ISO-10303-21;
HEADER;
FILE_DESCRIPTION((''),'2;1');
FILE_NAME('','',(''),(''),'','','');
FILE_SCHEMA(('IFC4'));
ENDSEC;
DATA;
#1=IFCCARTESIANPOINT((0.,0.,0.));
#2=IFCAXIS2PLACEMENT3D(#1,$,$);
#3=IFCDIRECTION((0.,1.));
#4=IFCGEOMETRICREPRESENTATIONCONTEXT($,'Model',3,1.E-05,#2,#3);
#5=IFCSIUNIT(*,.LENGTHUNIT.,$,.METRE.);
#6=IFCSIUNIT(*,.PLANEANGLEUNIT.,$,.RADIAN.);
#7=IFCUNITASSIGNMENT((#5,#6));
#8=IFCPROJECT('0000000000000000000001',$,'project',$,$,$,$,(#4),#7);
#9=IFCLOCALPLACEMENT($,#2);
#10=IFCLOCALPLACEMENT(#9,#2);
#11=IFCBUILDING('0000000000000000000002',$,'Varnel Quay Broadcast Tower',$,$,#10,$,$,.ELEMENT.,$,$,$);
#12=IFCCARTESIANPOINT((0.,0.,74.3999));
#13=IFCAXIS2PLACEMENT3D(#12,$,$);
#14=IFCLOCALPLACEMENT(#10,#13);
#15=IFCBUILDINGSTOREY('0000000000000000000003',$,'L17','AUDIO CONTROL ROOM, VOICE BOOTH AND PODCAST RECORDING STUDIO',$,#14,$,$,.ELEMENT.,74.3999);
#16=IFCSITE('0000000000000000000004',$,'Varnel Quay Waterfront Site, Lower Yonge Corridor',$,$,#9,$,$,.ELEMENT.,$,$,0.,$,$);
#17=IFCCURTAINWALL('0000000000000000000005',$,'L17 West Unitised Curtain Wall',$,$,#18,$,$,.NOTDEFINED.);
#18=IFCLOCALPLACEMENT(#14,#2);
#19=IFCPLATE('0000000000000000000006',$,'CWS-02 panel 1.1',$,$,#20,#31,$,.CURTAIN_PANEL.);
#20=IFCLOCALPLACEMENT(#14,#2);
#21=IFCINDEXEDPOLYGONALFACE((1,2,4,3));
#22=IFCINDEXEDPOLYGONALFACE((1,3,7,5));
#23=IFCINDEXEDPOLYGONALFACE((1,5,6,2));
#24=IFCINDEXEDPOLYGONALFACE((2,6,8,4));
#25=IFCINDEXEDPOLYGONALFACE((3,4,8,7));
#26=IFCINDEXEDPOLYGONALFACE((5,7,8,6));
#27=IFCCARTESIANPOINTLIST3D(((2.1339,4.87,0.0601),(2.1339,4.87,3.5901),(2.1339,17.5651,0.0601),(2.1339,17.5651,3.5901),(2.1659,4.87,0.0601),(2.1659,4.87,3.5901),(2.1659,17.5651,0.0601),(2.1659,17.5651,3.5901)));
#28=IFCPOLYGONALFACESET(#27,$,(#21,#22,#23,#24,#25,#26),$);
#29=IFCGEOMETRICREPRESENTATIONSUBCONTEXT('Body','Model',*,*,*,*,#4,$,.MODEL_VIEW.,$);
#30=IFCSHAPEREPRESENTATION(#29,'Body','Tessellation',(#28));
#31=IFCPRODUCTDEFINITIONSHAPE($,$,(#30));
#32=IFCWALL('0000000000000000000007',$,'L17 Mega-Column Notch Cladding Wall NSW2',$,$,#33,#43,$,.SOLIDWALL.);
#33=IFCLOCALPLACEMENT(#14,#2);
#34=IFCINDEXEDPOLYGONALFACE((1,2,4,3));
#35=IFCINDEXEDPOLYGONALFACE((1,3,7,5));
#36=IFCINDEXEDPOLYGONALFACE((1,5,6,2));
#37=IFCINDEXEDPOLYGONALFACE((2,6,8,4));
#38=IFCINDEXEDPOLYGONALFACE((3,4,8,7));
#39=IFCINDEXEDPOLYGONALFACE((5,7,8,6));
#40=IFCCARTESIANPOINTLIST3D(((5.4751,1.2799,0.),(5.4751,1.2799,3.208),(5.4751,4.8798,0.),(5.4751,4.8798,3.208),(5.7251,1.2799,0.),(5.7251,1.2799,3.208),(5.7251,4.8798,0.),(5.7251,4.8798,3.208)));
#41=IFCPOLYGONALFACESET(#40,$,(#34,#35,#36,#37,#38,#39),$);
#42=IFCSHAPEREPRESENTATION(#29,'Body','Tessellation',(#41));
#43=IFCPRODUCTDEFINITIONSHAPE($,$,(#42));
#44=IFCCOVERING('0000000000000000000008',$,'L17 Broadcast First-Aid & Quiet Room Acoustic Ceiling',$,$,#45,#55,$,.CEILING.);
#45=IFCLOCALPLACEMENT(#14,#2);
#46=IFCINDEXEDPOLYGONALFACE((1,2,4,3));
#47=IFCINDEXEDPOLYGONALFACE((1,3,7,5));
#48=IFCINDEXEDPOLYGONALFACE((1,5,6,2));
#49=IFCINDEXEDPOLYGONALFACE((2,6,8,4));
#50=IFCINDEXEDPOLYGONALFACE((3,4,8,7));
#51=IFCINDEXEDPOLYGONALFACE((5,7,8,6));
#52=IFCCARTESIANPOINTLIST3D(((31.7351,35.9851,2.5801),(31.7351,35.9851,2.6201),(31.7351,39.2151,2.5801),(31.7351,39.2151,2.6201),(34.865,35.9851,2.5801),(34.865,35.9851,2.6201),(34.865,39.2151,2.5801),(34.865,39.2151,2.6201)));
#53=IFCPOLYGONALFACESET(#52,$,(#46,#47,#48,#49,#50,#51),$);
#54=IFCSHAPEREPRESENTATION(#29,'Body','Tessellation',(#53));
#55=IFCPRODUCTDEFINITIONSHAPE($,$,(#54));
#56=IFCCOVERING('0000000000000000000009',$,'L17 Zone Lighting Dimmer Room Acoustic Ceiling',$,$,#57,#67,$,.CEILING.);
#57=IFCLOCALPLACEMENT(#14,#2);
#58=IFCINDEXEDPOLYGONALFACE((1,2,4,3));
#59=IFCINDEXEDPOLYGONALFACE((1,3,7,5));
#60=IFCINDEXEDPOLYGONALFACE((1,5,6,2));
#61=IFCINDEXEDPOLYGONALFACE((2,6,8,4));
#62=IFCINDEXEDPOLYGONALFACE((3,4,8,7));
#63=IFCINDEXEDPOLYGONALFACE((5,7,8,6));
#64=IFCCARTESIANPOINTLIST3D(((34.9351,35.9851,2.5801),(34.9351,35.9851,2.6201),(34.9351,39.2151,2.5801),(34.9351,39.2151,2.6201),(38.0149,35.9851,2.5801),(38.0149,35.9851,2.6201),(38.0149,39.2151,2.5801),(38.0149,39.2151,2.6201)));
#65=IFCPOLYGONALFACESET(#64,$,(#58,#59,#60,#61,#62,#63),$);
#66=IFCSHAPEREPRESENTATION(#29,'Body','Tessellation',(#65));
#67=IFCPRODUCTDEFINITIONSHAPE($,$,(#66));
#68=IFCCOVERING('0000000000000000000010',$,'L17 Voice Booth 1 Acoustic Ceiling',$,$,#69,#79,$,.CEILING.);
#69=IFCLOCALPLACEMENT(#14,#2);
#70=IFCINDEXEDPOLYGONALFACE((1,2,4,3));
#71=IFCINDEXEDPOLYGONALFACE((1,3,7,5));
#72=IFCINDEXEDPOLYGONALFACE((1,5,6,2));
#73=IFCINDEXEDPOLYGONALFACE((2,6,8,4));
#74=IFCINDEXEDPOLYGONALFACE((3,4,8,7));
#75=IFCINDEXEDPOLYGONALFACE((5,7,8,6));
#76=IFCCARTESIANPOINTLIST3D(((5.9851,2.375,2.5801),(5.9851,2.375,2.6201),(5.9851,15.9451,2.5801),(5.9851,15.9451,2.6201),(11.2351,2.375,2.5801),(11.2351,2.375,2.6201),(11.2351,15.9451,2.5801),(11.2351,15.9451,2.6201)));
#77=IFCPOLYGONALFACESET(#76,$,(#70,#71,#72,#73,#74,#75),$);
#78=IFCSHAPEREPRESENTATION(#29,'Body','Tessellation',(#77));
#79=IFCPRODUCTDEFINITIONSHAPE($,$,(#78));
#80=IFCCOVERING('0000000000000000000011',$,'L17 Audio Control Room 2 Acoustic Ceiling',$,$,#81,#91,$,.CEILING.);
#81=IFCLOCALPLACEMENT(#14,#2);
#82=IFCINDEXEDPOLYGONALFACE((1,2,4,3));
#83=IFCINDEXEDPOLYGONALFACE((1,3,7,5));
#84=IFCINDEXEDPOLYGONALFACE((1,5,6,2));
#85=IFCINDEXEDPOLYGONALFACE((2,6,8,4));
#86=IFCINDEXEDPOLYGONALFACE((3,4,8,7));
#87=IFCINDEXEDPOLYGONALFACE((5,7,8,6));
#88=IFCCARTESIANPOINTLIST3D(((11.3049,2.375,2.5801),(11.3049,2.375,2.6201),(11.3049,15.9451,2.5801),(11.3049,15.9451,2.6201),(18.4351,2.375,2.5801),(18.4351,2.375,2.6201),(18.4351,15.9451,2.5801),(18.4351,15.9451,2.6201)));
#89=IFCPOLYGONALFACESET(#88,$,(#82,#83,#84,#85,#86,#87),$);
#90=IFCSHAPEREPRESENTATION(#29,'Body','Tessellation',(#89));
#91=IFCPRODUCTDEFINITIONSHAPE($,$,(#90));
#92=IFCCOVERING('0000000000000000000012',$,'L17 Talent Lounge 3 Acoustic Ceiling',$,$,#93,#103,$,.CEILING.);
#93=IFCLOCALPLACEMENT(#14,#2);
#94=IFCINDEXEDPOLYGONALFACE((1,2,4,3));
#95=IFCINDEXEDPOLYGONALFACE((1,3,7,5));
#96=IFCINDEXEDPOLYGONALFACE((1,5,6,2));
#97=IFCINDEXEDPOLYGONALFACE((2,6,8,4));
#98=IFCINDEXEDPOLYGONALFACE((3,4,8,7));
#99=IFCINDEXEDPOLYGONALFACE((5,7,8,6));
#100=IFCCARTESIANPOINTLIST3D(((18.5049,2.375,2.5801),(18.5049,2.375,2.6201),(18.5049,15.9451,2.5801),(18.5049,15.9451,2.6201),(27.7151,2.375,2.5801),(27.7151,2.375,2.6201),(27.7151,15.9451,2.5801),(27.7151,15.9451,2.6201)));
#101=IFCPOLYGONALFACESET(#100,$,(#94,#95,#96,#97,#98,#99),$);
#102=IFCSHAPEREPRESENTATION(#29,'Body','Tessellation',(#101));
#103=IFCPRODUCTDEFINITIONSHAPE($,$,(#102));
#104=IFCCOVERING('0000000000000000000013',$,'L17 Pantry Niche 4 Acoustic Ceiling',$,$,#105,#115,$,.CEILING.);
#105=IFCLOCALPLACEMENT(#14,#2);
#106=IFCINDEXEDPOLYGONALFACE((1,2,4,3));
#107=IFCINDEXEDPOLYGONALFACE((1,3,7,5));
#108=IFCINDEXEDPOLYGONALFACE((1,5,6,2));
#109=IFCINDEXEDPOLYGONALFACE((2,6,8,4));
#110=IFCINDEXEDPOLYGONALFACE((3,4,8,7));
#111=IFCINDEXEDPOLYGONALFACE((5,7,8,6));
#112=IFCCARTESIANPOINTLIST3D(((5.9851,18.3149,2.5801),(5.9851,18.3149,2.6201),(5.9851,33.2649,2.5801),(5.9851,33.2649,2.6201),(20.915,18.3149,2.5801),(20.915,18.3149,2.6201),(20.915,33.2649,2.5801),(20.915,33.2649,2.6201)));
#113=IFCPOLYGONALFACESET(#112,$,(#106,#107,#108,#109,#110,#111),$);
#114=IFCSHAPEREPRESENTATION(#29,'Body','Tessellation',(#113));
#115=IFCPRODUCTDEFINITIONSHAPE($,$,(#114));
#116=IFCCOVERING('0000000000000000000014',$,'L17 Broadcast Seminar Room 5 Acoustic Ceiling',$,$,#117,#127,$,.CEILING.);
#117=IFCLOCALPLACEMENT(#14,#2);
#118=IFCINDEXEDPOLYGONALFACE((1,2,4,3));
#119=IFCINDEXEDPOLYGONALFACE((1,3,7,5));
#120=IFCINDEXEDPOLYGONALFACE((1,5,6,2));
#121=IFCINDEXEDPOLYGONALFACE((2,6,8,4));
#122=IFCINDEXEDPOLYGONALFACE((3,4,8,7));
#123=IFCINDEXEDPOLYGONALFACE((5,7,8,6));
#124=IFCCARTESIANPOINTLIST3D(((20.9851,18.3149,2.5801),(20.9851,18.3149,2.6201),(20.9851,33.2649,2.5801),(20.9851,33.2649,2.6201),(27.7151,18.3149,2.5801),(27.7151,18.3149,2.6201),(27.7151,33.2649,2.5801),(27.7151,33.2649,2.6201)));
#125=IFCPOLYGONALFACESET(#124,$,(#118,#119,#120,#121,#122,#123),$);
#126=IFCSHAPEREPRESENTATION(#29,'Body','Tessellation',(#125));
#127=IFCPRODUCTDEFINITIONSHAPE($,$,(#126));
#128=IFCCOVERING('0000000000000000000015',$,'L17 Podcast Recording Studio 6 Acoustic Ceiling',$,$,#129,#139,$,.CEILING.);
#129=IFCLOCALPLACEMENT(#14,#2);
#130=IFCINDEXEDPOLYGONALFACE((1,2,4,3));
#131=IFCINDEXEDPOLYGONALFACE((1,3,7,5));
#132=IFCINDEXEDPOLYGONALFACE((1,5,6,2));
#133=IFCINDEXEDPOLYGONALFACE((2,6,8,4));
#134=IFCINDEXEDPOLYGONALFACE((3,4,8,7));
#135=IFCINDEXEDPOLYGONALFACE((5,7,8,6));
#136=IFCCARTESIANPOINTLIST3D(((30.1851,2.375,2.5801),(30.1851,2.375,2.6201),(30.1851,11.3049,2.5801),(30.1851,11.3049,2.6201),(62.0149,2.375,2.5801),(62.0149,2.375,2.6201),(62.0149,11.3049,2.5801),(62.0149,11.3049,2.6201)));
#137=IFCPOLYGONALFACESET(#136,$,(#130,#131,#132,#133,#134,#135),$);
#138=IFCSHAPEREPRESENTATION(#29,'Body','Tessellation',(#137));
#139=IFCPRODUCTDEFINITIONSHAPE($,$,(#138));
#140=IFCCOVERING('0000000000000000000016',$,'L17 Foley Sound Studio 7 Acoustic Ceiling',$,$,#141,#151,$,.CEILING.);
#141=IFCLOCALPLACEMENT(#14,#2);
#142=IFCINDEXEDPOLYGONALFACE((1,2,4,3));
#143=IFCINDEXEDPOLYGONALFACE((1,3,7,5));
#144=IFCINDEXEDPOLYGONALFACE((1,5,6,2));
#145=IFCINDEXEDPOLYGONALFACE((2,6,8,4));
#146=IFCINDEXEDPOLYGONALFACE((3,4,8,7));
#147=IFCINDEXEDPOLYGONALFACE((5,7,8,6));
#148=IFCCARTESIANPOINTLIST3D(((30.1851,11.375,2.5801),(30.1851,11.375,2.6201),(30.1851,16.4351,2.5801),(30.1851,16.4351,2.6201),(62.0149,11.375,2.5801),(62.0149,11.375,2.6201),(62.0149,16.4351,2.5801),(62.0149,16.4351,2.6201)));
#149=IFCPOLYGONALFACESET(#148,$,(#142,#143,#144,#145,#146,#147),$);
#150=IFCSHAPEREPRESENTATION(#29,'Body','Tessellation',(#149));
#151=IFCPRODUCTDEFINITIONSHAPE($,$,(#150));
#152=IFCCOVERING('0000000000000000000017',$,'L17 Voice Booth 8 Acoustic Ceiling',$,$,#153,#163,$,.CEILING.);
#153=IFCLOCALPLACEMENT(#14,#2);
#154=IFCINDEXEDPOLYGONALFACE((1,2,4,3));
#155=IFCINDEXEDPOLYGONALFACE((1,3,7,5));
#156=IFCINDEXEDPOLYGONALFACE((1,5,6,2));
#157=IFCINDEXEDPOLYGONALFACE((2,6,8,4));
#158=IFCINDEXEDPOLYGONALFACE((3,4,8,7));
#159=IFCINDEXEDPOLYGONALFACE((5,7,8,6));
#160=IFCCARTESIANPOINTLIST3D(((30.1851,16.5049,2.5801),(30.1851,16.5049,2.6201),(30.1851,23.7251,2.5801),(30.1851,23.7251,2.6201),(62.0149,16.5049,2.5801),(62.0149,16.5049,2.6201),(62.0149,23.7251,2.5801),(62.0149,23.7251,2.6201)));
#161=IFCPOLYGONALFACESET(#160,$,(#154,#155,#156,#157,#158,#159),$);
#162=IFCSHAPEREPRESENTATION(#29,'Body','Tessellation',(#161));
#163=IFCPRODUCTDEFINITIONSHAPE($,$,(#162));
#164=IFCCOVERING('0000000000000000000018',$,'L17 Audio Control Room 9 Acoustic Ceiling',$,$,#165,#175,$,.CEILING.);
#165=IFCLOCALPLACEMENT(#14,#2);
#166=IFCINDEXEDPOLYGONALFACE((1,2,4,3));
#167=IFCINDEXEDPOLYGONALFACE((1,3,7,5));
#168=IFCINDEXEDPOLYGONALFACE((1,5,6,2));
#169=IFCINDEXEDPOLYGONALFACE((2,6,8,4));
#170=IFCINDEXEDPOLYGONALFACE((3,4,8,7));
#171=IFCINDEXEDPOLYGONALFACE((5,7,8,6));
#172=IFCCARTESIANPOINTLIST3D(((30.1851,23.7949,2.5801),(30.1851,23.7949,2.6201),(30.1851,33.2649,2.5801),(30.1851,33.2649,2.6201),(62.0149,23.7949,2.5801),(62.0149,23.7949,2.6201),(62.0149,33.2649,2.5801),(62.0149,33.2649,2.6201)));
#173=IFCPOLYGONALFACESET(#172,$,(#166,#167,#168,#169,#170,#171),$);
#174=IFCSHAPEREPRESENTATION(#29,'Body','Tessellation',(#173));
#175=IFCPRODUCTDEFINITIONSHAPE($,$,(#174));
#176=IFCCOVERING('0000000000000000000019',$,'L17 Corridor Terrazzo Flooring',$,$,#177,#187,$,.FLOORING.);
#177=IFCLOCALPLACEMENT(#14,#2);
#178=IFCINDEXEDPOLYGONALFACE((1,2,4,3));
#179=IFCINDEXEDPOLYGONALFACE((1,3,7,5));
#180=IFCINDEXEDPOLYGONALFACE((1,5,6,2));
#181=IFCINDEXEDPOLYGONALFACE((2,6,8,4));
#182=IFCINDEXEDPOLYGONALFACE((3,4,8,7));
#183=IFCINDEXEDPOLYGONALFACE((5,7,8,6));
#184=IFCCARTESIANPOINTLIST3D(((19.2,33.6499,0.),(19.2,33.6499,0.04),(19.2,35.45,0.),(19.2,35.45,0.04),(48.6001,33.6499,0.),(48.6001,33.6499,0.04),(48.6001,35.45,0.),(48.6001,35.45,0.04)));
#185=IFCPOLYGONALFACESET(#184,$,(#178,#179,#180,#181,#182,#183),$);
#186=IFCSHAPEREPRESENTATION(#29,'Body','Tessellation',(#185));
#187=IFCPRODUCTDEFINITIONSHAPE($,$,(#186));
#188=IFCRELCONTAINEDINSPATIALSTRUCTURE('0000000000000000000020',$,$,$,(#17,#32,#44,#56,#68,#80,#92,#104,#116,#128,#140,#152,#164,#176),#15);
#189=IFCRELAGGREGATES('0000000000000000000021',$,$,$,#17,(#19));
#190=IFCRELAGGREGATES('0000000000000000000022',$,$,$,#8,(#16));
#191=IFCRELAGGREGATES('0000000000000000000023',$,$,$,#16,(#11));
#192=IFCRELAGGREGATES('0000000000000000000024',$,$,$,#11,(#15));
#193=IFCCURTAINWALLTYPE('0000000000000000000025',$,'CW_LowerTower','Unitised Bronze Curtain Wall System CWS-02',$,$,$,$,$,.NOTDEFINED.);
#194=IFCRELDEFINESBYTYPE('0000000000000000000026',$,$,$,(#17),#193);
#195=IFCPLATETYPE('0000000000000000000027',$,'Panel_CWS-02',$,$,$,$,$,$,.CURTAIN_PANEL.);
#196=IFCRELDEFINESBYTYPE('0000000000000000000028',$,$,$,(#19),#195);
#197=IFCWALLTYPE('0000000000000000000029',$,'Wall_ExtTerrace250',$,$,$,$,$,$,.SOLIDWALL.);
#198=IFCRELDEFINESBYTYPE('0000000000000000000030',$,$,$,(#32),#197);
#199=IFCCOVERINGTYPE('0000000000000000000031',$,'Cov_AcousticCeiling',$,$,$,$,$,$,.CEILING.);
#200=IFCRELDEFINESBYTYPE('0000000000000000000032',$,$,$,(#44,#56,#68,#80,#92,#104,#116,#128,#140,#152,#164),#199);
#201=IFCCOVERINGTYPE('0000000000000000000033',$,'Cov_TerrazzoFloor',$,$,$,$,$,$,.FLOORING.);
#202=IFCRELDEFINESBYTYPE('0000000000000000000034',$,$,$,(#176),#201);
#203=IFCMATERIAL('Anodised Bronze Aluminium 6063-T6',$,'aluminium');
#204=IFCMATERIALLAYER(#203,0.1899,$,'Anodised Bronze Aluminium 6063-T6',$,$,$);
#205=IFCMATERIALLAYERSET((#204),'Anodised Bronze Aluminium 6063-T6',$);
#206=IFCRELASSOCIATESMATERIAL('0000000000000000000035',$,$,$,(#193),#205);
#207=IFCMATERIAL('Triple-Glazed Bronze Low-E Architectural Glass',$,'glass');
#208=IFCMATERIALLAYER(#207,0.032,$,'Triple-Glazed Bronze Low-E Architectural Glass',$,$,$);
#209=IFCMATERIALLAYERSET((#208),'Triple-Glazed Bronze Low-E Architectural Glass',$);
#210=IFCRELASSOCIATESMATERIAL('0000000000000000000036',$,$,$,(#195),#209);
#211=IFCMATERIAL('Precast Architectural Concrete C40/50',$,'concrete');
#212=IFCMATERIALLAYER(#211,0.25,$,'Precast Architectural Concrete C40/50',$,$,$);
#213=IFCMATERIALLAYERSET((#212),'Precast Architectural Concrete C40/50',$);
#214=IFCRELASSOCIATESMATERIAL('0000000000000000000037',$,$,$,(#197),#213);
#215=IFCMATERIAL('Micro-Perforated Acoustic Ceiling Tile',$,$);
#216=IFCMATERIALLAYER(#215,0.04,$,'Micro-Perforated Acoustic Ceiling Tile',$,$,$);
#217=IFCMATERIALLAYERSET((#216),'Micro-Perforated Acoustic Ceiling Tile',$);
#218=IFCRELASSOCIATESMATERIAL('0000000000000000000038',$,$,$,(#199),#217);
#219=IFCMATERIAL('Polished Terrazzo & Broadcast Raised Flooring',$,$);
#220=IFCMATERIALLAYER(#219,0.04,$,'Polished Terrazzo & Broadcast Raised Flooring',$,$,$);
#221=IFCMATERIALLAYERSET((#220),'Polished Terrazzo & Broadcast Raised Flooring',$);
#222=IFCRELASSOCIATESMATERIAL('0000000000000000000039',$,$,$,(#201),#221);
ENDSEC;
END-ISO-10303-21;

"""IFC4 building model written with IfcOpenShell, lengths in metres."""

from ifc_helpers import new_model, si_unit, direction, frame, frame_2d, origin, origin_2d, place, context, subcontext, project, spatial, polyline, rectangle, outline, extrude, source, transform, mapped, material, layer, layer_set, type_object, type_shapes, element, aggregate, save


model = new_model("IFC4")

# Units and contexts
model_context = context("Model", 3, precision=1e-05, world=origin(), true_north=direction((0.0, 1.0)))
body_context = subcontext(model_context, "Body", "Model", "MODEL_VIEW")
ifc_project = project(units=[si_unit("LENGTHUNIT", "METRE"), si_unit("PLANEANGLEUNIT", "RADIAN")], contexts=[model_context])

# Site, building, storey
site_placement = place(None, origin())
site = spatial("IfcSite", under=ifc_project, at=site_placement, Name="Varnel Quay Waterfront Site, Lower Yonge Corridor", CompositionType="ELEMENT", RefElevation=0.0)
building_placement = place(site_placement, origin())
building = spatial("IfcBuilding", under=site, at=building_placement, Name="Varnel Quay Broadcast Tower", CompositionType="ELEMENT")
storey_placement = place(building_placement, frame((0.0, 0.0, 74.3999)))
storey = spatial("IfcBuildingStorey", under=building, at=storey_placement, Name="L17", Description="AUDIO CONTROL ROOM, VOICE BOOTH AND PODCAST RECORDING STUDIO", CompositionType="ELEMENT", Elevation=74.3999)

# Curtain wall
ifc_material_1 = material(Name="Anodised Bronze Aluminium 6063-T6", Category="aluminium")
ifc_layer_1 = layer(ifc_material_1, 0.1899, Name="Anodised Bronze Aluminium 6063-T6")
ifc_layer_set_1 = layer_set([ifc_layer_1], Name="Anodised Bronze Aluminium 6063-T6")
curtain_wall_type_1 = type_object("IfcCurtainWallType", Name="CW_LowerTower", Description="Unitised Bronze Curtain Wall System CWS-02", PredefinedType="NOTDEFINED", material=ifc_layer_set_1)
curtain_wall_1_placement = place(storey_placement, origin())
curtain_wall_1 = element("IfcCurtainWall", 1, at=curtain_wall_1_placement, inside=storey, type_object=curtain_wall_type_1, Name="L17 West Unitised Curtain Wall", PredefinedType="NOTDEFINED")

# Plate
ifc_material_2 = material(Name="Triple-Glazed Bronze Low-E Architectural Glass", Category="glass")
ifc_layer_2 = layer(ifc_material_2, 0.032, Name="Triple-Glazed Bronze Low-E Architectural Glass")
ifc_layer_set_2 = layer_set([ifc_layer_2], Name="Triple-Glazed Bronze Low-E Architectural Glass")
plate_type_1 = type_object("IfcPlateType", Name="Panel_CWS-02", PredefinedType="CURTAIN_PANEL", material=ifc_layer_set_2)
shared_shape_1 = source(origin(), body_context, "Body", "SweptSolid", [
    extrude(rectangle(XDim=12.6951, YDim=0.032, at=origin_2d()), origin(), (0.0, 0.0, 1.0), 3.53),
])
type_shapes(plate_type_1, [shared_shape_1])
plate_1_placement = place(storey_placement, frame((2.1499, 11.2175, 0.0601), z_axis=(0.0, 0.0, 1.0), x_axis=(0.0, 1.0, 0.0)))
plate_1 = element("IfcPlate", 2, at=plate_1_placement, type_object=plate_type_1, Name="CWS-02 panel 1.1", PredefinedType="CURTAIN_PANEL", context=body_context, shape_type="MappedRepresentation", body=[
    mapped(shared_shape_1, transform((0.0, 0.0, 0.0), x_axis=(1.0, 0.0, 0.0), y_axis=(0.0, 1.0, 0.0), z_axis=(0.0, 0.0, 1.0), scale=1.0)),
])
aggregate(curtain_wall_1, [plate_1])

# Wall
ifc_material_3 = material(Name="Precast Architectural Concrete C40/50", Category="concrete")
ifc_layer_3 = layer(ifc_material_3, 0.25, Name="Precast Architectural Concrete C40/50")
ifc_layer_set_3 = layer_set([ifc_layer_3], Name="Precast Architectural Concrete C40/50")
wall_type = type_object("IfcWallType", Name="Wall_ExtTerrace250", PredefinedType="SOLIDWALL", material=ifc_layer_set_3)
wall_placement = place(storey_placement, frame((5.6001, 1.28, 0.0), z_axis=(0.0, 0.0, 1.0), x_axis=(0.0, 1.0, 0.0)))
element("IfcWall", 3, at=wall_placement, inside=storey, type_object=wall_type, Name="L17 Mega-Column Notch Cladding Wall NSW2", PredefinedType="SOLIDWALL", context=body_context, shape_type="SweptSolid", body=[
    extrude(rectangle(XDim=3.5999, YDim=0.25, at=frame_2d((1.7998, 0.0))), origin(), (0.0, 0.0, 1.0), 3.208),
])

# Coverings
ifc_material_4 = material(Name="Micro-Perforated Acoustic Ceiling Tile")
ifc_layer_4 = layer(ifc_material_4, 0.04, Name="Micro-Perforated Acoustic Ceiling Tile")
ifc_layer_set_4 = layer_set([ifc_layer_4], Name="Micro-Perforated Acoustic Ceiling Tile")
covering_type_1 = type_object("IfcCoveringType", Name="Cov_AcousticCeiling", PredefinedType="CEILING", material=ifc_layer_set_4)
covering_1_placement = place(storey_placement, frame((0.0, 0.0, 2.5801)))
element("IfcCovering", 4, at=covering_1_placement, inside=storey, type_object=covering_type_1, Name="L17 Broadcast First-Aid & Quiet Room Acoustic Ceiling", PredefinedType="CEILING", context=body_context, shape_type="SweptSolid", body=[
    extrude(outline(polyline([(31.7351, 35.9851), (34.865, 35.9851), (34.865, 39.2151), (31.7351, 39.2151), (31.7351, 35.9851)])), origin(), (0.0, 0.0, 1.0), 0.04),
])
covering_2_placement = place(storey_placement, frame((0.0, 0.0, 2.5801)))
element("IfcCovering", 5, at=covering_2_placement, inside=storey, type_object=covering_type_1, Name="L17 Zone Lighting Dimmer Room Acoustic Ceiling", PredefinedType="CEILING", context=body_context, shape_type="SweptSolid", body=[
    extrude(outline(polyline([(34.9351, 35.9851), (38.0149, 35.9851), (38.0149, 39.2151), (34.9351, 39.2151), (34.9351, 35.9851)])), origin(), (0.0, 0.0, 1.0), 0.04),
])
covering_3_placement = place(storey_placement, frame((0.0, 0.0, 2.5801)))
element("IfcCovering", 6, at=covering_3_placement, inside=storey, type_object=covering_type_1, Name="L17 Voice Booth 1 Acoustic Ceiling", PredefinedType="CEILING", context=body_context, shape_type="SweptSolid", body=[
    extrude(outline(polyline([(5.9851, 2.375), (11.2351, 2.375), (11.2351, 15.9451), (5.9851, 15.9451), (5.9851, 2.375)])), origin(), (0.0, 0.0, 1.0), 0.04),
])
covering_4_placement = place(storey_placement, frame((0.0, 0.0, 2.5801)))
element("IfcCovering", 7, at=covering_4_placement, inside=storey, type_object=covering_type_1, Name="L17 Audio Control Room 2 Acoustic Ceiling", PredefinedType="CEILING", context=body_context, shape_type="SweptSolid", body=[
    extrude(outline(polyline([(11.3049, 2.375), (18.4351, 2.375), (18.4351, 15.9451), (11.3049, 15.9451), (11.3049, 2.375)])), origin(), (0.0, 0.0, 1.0), 0.04),
])
covering_5_placement = place(storey_placement, frame((0.0, 0.0, 2.5801)))
element("IfcCovering", 8, at=covering_5_placement, inside=storey, type_object=covering_type_1, Name="L17 Talent Lounge 3 Acoustic Ceiling", PredefinedType="CEILING", context=body_context, shape_type="SweptSolid", body=[
    extrude(outline(polyline([(18.5049, 2.375), (27.7151, 2.375), (27.7151, 15.9451), (18.5049, 15.9451), (18.5049, 2.375)])), origin(), (0.0, 0.0, 1.0), 0.04),
])
covering_6_placement = place(storey_placement, frame((0.0, 0.0, 2.5801)))
element("IfcCovering", 9, at=covering_6_placement, inside=storey, type_object=covering_type_1, Name="L17 Pantry Niche 4 Acoustic Ceiling", PredefinedType="CEILING", context=body_context, shape_type="SweptSolid", body=[
    extrude(outline(polyline([(5.9851, 18.3149), (20.915, 18.3149), (20.915, 33.2649), (5.9851, 33.2649), (5.9851, 18.3149)])), origin(), (0.0, 0.0, 1.0), 0.04),
])
covering_7_placement = place(storey_placement, frame((0.0, 0.0, 2.5801)))
element("IfcCovering", 10, at=covering_7_placement, inside=storey, type_object=covering_type_1, Name="L17 Broadcast Seminar Room 5 Acoustic Ceiling", PredefinedType="CEILING", context=body_context, shape_type="SweptSolid", body=[
    extrude(outline(polyline([(20.9851, 18.3149), (27.7151, 18.3149), (27.7151, 33.2649), (20.9851, 33.2649), (20.9851, 18.3149)])), origin(), (0.0, 0.0, 1.0), 0.04),
])
covering_8_placement = place(storey_placement, frame((0.0, 0.0, 2.5801)))
element("IfcCovering", 11, at=covering_8_placement, inside=storey, type_object=covering_type_1, Name="L17 Podcast Recording Studio 6 Acoustic Ceiling", PredefinedType="CEILING", context=body_context, shape_type="SweptSolid", body=[
    extrude(outline(polyline([(30.1851, 2.375), (62.0149, 2.375), (62.0149, 11.3049), (30.1851, 11.3049), (30.1851, 2.375)])), origin(), (0.0, 0.0, 1.0), 0.04),
])
covering_9_placement = place(storey_placement, frame((0.0, 0.0, 2.5801)))
element("IfcCovering", 12, at=covering_9_placement, inside=storey, type_object=covering_type_1, Name="L17 Foley Sound Studio 7 Acoustic Ceiling", PredefinedType="CEILING", context=body_context, shape_type="SweptSolid", body=[
    extrude(outline(polyline([(30.1851, 11.375), (62.0149, 11.375), (62.0149, 16.4351), (30.1851, 16.4351), (30.1851, 11.375)])), origin(), (0.0, 0.0, 1.0), 0.04),
])
covering_10_placement = place(storey_placement, frame((0.0, 0.0, 2.5801)))
element("IfcCovering", 13, at=covering_10_placement, inside=storey, type_object=covering_type_1, Name="L17 Voice Booth 8 Acoustic Ceiling", PredefinedType="CEILING", context=body_context, shape_type="SweptSolid", body=[
    extrude(outline(polyline([(30.1851, 16.5049), (62.0149, 16.5049), (62.0149, 23.7251), (30.1851, 23.7251), (30.1851, 16.5049)])), origin(), (0.0, 0.0, 1.0), 0.04),
])
covering_11_placement = place(storey_placement, frame((0.0, 0.0, 2.5801)))
element("IfcCovering", 14, at=covering_11_placement, inside=storey, type_object=covering_type_1, Name="L17 Audio Control Room 9 Acoustic Ceiling", PredefinedType="CEILING", context=body_context, shape_type="SweptSolid", body=[
    extrude(outline(polyline([(30.1851, 23.7949), (62.0149, 23.7949), (62.0149, 33.2649), (30.1851, 33.2649), (30.1851, 23.7949)])), origin(), (0.0, 0.0, 1.0), 0.04),
])
ifc_material_5 = material(Name="Polished Terrazzo & Broadcast Raised Flooring")
ifc_layer_5 = layer(ifc_material_5, 0.04, Name="Polished Terrazzo & Broadcast Raised Flooring")
ifc_layer_set_5 = layer_set([ifc_layer_5], Name="Polished Terrazzo & Broadcast Raised Flooring")
covering_type_2 = type_object("IfcCoveringType", Name="Cov_TerrazzoFloor", PredefinedType="FLOORING", material=ifc_layer_set_5)
covering_12_placement = place(storey_placement, origin())
element("IfcCovering", 15, at=covering_12_placement, inside=storey, type_object=covering_type_2, Name="L17 Corridor Terrazzo Flooring", PredefinedType="FLOORING", context=body_context, shape_type="SweptSolid", body=[
    extrude(outline(polyline([(19.2, 33.6499), (48.6001, 33.6499), (48.6001, 35.45), (19.2, 35.45), (19.2, 33.6499)])), origin(), (0.0, 0.0, 1.0), 0.04),
])

save(model, "model.ifc")
